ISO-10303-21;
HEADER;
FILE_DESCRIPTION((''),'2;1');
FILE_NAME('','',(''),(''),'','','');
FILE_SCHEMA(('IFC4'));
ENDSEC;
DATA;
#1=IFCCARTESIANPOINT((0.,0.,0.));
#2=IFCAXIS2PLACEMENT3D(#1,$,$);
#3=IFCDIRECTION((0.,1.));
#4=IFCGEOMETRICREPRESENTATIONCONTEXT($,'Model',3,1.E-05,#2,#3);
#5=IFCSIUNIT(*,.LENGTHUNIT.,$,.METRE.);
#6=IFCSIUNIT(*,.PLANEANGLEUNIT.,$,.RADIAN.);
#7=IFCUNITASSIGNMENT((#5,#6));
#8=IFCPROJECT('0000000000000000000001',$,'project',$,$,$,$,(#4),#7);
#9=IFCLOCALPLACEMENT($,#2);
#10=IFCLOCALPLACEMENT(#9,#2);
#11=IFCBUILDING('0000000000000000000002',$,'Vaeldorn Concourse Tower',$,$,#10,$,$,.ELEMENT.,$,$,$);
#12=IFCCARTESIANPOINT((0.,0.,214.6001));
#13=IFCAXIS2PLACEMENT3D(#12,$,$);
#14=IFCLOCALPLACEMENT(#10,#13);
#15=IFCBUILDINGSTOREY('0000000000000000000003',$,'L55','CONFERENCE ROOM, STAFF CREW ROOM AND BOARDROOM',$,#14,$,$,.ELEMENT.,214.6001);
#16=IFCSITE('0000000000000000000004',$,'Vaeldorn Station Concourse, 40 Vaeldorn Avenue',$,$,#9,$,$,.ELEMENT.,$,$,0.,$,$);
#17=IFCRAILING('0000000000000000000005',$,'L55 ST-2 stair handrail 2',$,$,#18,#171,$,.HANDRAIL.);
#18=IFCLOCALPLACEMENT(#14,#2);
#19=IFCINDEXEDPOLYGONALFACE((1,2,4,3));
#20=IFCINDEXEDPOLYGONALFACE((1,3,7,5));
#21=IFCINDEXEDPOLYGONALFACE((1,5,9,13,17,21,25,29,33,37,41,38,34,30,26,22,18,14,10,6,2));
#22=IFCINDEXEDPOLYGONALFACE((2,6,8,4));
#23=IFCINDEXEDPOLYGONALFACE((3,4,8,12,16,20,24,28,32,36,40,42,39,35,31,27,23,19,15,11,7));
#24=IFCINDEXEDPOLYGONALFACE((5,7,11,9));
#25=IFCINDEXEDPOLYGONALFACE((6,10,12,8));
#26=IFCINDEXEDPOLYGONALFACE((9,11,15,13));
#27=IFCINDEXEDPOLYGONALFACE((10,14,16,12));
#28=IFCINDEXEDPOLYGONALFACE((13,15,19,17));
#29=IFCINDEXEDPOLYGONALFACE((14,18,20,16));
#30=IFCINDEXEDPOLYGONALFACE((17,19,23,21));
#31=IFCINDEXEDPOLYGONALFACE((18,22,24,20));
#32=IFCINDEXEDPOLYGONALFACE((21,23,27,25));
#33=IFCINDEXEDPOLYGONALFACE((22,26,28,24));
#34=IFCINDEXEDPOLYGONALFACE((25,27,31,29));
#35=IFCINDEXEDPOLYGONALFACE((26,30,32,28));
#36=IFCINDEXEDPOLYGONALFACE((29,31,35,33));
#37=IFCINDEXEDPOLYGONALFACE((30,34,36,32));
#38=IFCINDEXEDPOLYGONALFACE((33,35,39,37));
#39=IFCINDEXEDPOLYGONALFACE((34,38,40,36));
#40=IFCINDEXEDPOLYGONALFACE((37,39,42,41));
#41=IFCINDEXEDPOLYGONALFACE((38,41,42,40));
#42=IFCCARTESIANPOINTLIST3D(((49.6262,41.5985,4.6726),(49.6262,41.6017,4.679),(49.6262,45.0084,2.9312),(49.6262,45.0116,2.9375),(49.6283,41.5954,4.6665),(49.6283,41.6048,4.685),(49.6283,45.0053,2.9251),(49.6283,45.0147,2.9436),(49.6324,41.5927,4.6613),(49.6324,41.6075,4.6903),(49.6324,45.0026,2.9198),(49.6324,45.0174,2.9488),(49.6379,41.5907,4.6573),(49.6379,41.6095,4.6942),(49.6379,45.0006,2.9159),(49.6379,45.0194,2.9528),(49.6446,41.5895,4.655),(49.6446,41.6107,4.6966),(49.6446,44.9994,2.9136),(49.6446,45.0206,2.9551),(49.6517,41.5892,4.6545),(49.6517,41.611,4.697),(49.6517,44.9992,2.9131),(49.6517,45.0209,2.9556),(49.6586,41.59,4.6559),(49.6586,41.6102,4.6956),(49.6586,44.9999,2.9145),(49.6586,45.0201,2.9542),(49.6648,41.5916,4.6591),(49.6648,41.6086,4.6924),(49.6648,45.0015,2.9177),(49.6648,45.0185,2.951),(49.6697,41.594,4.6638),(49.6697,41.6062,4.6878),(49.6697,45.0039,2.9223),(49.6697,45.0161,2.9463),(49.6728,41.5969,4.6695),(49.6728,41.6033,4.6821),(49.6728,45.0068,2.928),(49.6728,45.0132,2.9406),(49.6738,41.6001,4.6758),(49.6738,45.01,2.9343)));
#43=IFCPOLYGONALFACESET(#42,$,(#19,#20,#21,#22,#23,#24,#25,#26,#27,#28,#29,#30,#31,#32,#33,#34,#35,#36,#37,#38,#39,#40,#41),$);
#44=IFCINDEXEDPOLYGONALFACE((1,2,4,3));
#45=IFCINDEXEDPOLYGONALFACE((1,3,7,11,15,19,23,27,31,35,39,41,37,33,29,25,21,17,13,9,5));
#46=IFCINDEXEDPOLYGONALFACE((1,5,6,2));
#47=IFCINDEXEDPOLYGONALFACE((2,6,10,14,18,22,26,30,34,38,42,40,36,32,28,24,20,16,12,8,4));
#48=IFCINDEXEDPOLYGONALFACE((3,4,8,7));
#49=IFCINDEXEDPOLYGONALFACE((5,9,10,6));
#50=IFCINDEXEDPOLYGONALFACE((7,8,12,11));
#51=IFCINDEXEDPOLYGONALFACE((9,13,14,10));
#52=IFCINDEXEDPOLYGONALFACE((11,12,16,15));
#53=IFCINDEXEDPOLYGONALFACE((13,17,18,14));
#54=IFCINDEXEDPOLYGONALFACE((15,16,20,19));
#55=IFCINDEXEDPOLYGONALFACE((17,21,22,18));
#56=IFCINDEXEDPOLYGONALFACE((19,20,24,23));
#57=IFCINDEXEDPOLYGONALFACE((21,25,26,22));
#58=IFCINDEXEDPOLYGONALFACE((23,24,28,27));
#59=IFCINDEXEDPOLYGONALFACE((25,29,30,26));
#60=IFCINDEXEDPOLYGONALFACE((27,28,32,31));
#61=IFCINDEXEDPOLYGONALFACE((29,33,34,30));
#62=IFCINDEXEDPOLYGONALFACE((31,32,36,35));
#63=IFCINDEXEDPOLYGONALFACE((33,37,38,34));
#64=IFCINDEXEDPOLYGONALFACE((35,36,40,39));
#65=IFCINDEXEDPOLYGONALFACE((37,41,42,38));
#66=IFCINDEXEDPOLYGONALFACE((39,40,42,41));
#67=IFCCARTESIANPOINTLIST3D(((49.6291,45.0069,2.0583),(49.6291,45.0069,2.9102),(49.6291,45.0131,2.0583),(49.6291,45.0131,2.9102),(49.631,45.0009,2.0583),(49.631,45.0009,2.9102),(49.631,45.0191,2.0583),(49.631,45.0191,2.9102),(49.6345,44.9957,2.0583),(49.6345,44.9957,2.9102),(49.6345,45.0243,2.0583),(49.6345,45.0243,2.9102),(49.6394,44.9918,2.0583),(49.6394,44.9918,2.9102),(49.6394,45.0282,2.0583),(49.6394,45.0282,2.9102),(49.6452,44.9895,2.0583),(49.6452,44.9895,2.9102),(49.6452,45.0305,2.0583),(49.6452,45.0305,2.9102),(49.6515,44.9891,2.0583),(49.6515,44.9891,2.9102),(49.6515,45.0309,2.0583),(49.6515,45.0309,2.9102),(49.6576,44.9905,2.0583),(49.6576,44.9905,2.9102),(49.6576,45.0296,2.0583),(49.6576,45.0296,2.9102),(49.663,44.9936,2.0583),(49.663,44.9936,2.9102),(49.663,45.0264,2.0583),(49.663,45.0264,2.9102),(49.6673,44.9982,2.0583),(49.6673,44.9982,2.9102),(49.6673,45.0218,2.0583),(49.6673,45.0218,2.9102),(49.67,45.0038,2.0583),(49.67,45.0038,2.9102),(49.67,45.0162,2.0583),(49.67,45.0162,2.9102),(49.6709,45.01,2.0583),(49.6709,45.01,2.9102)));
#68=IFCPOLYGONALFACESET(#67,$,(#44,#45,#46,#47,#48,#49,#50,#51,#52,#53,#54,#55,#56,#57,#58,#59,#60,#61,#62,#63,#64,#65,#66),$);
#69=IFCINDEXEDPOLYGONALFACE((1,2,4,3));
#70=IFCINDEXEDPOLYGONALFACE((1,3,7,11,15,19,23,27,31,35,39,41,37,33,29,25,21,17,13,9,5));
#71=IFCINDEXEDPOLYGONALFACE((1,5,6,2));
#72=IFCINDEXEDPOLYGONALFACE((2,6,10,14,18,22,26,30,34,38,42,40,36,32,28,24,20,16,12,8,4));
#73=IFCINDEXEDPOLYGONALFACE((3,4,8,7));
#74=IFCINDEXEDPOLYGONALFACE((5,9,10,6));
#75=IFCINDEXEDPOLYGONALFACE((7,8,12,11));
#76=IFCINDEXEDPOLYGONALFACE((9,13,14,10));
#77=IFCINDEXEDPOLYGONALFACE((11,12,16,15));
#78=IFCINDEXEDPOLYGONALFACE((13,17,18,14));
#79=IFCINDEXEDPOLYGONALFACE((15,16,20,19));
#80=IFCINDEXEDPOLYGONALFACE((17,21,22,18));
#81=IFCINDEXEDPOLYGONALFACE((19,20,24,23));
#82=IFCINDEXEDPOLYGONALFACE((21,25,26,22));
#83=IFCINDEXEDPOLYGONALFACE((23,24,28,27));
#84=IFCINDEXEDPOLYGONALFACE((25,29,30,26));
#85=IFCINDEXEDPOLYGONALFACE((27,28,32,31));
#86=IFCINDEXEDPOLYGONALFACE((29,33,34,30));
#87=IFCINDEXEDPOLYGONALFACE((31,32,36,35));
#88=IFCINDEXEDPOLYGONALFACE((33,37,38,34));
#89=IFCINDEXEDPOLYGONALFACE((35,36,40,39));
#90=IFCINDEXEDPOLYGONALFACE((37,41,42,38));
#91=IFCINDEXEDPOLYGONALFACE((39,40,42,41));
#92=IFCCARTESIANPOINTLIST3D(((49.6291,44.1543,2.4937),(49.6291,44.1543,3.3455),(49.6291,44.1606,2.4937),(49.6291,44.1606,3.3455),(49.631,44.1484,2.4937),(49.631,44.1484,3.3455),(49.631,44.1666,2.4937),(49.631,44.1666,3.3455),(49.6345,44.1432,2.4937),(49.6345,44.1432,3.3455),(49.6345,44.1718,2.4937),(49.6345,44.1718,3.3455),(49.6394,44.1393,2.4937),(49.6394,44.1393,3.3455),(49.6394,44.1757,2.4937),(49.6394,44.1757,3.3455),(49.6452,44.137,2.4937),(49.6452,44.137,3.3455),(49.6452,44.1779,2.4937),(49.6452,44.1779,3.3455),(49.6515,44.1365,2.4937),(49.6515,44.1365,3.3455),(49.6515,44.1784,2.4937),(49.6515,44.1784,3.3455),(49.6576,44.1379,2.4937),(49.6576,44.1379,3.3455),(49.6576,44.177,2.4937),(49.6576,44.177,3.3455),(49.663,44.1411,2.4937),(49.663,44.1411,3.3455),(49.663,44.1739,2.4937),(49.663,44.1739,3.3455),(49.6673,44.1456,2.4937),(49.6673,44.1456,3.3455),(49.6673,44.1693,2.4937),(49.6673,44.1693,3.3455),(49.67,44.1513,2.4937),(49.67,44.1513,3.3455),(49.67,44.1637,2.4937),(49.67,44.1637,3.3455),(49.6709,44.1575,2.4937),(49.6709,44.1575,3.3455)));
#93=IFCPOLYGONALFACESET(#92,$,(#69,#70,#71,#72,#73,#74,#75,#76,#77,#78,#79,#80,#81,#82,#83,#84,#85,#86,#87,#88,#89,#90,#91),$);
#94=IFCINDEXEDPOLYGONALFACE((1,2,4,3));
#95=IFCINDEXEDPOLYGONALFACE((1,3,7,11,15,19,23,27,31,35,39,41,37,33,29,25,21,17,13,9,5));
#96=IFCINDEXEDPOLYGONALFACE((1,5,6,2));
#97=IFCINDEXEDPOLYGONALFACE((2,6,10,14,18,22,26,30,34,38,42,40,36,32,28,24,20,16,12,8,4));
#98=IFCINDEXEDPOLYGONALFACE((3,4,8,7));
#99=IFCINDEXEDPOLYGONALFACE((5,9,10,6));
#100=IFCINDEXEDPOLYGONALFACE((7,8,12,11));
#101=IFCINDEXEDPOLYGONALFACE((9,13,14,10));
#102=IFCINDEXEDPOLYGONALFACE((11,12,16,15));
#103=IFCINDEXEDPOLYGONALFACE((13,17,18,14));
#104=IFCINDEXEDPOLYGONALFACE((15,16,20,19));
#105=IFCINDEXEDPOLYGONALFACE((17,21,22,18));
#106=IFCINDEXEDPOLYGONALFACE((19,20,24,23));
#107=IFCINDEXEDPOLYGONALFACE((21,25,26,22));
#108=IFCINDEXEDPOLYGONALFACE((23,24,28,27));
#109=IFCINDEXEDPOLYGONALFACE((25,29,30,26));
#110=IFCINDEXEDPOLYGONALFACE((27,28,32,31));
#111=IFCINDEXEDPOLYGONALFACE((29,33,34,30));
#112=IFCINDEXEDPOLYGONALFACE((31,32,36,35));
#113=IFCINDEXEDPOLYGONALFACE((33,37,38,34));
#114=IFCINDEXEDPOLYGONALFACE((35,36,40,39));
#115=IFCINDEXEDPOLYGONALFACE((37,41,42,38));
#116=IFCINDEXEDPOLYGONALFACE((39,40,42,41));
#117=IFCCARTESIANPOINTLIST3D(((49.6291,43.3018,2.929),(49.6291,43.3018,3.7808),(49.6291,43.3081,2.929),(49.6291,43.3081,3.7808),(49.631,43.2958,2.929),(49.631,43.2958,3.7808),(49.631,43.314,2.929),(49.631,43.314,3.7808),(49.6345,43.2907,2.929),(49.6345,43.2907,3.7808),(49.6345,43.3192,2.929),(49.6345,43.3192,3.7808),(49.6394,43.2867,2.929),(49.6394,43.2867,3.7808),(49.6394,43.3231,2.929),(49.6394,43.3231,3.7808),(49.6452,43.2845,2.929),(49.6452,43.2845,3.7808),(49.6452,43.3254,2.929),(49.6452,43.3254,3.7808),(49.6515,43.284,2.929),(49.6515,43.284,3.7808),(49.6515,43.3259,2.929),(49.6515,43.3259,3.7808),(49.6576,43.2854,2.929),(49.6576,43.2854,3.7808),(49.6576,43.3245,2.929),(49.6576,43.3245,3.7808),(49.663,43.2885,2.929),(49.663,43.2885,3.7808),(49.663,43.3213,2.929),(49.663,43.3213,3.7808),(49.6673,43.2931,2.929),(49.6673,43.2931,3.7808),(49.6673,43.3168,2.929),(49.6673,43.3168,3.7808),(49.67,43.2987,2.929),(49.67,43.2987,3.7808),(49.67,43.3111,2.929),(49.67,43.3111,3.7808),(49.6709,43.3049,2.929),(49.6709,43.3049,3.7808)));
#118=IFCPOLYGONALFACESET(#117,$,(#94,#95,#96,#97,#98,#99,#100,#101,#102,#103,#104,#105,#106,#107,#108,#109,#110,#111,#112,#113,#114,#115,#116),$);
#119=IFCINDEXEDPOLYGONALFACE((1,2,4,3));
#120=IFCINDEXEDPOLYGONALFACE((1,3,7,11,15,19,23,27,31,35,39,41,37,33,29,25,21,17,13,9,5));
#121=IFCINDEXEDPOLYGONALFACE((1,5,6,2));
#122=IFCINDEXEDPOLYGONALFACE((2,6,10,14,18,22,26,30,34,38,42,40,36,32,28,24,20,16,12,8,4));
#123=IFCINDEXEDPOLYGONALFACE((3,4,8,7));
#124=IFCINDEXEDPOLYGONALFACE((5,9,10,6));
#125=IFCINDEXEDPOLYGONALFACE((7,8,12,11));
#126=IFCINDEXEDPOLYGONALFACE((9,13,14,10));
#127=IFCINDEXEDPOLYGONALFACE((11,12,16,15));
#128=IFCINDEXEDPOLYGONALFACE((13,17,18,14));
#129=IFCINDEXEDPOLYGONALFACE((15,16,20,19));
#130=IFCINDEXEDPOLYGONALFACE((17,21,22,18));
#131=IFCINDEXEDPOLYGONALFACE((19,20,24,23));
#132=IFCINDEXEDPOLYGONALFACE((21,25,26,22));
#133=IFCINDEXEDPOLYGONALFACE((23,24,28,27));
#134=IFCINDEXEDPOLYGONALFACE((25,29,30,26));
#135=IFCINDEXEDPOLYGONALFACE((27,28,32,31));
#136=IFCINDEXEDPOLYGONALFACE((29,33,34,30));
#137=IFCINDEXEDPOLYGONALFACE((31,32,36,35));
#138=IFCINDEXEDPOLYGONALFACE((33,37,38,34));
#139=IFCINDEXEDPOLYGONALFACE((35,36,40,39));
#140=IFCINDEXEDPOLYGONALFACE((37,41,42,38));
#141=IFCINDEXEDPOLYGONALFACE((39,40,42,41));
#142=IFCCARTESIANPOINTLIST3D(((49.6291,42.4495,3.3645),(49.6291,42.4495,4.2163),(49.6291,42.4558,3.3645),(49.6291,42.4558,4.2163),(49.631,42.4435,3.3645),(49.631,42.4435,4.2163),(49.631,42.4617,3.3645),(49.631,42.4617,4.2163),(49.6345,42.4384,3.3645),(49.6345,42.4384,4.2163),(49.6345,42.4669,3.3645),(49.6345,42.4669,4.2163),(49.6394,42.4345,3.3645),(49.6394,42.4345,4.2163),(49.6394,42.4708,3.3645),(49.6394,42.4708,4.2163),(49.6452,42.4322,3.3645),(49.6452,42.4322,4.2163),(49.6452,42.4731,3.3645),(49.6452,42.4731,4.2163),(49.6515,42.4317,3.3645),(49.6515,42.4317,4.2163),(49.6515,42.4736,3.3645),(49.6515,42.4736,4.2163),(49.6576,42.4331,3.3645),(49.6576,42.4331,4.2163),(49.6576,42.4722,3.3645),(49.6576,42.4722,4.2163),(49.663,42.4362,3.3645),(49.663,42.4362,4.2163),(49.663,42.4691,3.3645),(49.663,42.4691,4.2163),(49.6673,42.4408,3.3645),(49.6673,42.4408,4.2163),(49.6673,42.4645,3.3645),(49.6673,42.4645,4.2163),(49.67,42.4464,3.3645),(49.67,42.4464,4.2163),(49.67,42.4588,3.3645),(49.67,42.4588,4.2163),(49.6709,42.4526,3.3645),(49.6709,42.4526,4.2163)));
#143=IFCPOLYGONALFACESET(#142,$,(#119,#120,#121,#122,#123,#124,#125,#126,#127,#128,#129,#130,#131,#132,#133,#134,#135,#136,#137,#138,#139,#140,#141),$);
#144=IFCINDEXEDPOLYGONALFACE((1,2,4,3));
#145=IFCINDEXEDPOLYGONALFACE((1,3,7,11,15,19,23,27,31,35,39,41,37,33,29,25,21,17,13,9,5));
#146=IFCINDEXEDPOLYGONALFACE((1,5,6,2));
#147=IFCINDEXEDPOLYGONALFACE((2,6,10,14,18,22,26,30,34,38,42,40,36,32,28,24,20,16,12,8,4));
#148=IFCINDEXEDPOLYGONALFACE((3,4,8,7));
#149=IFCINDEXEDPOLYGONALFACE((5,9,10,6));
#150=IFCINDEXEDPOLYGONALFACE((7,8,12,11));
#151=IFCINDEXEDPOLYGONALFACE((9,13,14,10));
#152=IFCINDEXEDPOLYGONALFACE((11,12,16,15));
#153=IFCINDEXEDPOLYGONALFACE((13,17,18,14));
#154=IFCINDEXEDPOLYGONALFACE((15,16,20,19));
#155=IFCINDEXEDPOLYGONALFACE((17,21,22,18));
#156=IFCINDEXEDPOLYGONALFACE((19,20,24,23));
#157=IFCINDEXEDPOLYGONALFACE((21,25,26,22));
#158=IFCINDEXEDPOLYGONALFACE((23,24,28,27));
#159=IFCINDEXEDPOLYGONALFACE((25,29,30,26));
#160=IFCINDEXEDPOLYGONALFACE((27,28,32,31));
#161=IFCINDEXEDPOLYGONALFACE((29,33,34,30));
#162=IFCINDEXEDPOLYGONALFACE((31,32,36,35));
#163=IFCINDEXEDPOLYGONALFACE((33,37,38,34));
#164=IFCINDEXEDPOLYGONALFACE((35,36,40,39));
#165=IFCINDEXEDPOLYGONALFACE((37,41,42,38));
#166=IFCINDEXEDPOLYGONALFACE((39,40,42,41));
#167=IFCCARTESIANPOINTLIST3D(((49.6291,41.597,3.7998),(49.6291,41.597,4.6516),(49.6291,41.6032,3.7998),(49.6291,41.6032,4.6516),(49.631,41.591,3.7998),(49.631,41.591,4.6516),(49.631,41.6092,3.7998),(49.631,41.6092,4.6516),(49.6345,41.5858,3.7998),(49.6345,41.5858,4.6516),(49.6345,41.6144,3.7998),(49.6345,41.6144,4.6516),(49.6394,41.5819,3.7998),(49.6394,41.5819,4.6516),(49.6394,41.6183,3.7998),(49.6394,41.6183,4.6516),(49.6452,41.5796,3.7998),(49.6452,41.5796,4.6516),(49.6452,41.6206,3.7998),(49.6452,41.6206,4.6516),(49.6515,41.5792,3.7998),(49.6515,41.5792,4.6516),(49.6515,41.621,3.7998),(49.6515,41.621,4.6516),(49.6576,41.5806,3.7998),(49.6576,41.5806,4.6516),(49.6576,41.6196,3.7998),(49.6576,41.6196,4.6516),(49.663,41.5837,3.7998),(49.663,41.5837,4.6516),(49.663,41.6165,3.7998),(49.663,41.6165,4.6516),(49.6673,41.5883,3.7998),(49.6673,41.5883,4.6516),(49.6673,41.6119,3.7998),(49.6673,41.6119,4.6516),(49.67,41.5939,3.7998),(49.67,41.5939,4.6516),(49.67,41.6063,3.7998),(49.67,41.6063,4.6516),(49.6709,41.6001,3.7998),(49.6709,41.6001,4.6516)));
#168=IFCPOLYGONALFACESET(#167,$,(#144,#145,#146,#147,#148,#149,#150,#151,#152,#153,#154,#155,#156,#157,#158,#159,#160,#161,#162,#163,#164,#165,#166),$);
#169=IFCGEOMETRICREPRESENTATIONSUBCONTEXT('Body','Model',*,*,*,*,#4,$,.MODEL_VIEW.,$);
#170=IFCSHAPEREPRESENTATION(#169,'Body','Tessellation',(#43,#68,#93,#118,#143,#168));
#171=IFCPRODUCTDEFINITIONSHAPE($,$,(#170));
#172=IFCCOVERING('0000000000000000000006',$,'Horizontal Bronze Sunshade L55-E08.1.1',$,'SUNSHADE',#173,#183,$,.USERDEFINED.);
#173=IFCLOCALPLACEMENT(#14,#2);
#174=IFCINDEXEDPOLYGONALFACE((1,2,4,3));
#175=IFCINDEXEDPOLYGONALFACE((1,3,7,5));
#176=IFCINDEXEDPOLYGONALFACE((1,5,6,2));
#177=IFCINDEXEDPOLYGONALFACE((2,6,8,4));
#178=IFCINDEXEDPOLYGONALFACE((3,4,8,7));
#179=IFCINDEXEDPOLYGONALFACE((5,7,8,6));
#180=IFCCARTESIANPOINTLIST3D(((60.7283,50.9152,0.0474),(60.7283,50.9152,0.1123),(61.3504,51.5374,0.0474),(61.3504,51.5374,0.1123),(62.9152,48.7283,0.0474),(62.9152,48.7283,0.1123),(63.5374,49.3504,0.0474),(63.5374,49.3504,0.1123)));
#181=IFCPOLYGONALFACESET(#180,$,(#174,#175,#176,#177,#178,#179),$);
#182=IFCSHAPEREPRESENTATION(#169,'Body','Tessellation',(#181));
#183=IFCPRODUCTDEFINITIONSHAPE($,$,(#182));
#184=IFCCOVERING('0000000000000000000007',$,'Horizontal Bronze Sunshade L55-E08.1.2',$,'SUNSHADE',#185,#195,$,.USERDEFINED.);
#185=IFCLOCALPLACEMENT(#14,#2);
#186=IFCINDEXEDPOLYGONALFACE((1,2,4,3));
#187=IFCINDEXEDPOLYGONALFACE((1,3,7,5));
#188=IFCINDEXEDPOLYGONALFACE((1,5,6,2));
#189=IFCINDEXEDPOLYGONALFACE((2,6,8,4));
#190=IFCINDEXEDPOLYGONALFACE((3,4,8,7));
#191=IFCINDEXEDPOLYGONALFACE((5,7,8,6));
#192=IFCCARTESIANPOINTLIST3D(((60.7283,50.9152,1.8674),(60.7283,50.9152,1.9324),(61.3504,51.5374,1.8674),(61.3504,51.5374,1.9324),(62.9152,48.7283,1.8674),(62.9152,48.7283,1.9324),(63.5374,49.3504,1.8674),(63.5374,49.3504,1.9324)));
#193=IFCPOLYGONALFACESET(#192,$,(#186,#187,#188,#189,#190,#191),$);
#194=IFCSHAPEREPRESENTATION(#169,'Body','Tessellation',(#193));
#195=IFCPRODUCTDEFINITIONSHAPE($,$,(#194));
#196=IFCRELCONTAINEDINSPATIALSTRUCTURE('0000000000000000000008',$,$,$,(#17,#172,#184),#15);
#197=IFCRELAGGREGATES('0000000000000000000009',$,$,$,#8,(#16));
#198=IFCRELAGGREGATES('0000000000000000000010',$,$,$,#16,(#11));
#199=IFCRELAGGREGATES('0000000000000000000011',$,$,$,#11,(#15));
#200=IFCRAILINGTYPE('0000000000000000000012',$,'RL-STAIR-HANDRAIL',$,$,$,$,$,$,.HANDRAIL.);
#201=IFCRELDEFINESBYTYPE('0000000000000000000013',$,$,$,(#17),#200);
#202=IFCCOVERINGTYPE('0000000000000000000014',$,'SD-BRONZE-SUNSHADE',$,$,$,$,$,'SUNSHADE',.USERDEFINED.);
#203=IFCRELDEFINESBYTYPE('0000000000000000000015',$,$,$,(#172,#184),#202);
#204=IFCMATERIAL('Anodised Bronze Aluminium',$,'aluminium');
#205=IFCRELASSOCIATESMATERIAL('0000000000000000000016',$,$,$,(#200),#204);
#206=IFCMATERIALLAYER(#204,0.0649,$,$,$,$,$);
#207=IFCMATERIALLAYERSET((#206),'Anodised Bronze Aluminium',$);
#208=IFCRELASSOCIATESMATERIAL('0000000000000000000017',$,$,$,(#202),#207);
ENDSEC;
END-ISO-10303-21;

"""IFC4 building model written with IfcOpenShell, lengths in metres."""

from ifc_helpers import new_model, si_unit, direction, frame, origin, origin_2d, place, context, subcontext, project, spatial, rectangle, circle, extrude, source, transform, mapped, material, layer, layer_set, type_object, element, save


model = new_model("IFC4")

# Units and contexts
model_context = context("Model", 3, precision=1e-05, world=origin(), true_north=direction((0.0, 1.0)))
body_context = subcontext(model_context, "Body", "Model", "MODEL_VIEW")
ifc_project = project(units=[si_unit("LENGTHUNIT", "METRE"), si_unit("PLANEANGLEUNIT", "RADIAN")], contexts=[model_context])

# Site, building, storey
site_placement = place(None, origin())
site = spatial("IfcSite", under=ifc_project, at=site_placement, Name="Vaeldorn Station Concourse, 40 Vaeldorn Avenue", CompositionType="ELEMENT", RefElevation=0.0)
building_placement = place(site_placement, origin())
building = spatial("IfcBuilding", under=site, at=building_placement, Name="Vaeldorn Concourse Tower", CompositionType="ELEMENT")
storey_placement = place(building_placement, frame((0.0, 0.0, 214.6001)))
storey = spatial("IfcBuildingStorey", under=building, at=storey_placement, Name="L55", Description="CONFERENCE ROOM, STAFF CREW ROOM AND BOARDROOM", CompositionType="ELEMENT", Elevation=214.6001)

# Shared definitions
ifc_material_1 = material(Name="Anodised Bronze Aluminium", Category="aluminium")

# Railing
railing_type_1 = type_object("IfcRailingType", Name="RL-STAIR-HANDRAIL", PredefinedType="HANDRAIL", material=ifc_material_1)
railing_1_placement = place(storey_placement, frame((49.6499, 45.01, 2.0583)))
element("IfcRailing", 1, at=railing_1_placement, inside=storey, type_object=railing_type_1, Name="L55 ST-2 stair handrail 2", PredefinedType="HANDRAIL", context=body_context, shape_type="SweptSolid", body=[
    extrude(circle(Radius=0.0239, at=origin_2d()), frame((0.0, 0.0, 0.876), z_axis=(0.0, -0.890582, 0.454823), x_axis=(1.0, 0.0, 0.0)), (0.0, 0.0, 1.0), 3.8289),
    extrude(circle(Radius=0.021, at=origin_2d()), origin(), (0.0, 0.0, 1.0), 0.8518),
    extrude(circle(Radius=0.021, at=origin_2d()), frame((0.0, -0.8525, 0.4353)), (0.0, 0.0, 1.0), 0.8518),
    extrude(circle(Radius=0.021, at=origin_2d()), frame((0.0, -1.7051, 0.8706)), (0.0, 0.0, 1.0), 0.8518),
    extrude(circle(Radius=0.021, at=origin_2d()), frame((0.0, -2.5574, 1.3062)), (0.0, 0.0, 1.0), 0.8518),
    extrude(circle(Radius=0.021, at=origin_2d()), frame((0.0, -3.4099, 1.7415)), (0.0, 0.0, 1.0), 0.8518),
])

# Coverings
ifc_layer_1 = layer(ifc_material_1, 0.0649)
ifc_layer_set_1 = layer_set([ifc_layer_1], Name="Anodised Bronze Aluminium")
covering_type = type_object("IfcCoveringType", Name="SD-BRONZE-SUNSHADE", ElementType="SUNSHADE", PredefinedType="USERDEFINED", material=ifc_layer_set_1)
shared_shape_1 = source(origin(), body_context, "Body", "SweptSolid", [
    extrude(rectangle(XDim=3.0928, YDim=0.8799, at=origin_2d()), origin(), (0.0, 0.0, 1.0), 0.0649),
])
for number, where, z_axis, x_axis, name in (
    (2, (62.1328, 50.1328, 0.0474), (0.0, 0.0, 1.0), (-0.707107, 0.707107, 0.0), "Horizontal Bronze Sunshade L55-E08.1.1"),
    (3, (62.1328, 50.1328, 1.8674), (0.0, 0.0, 1.0), (-0.707107, 0.707107, 0.0), "Horizontal Bronze Sunshade L55-E08.1.2"),
):
    element("IfcCovering", number, at=place(storey_placement, frame(where, z_axis=z_axis, x_axis=x_axis)), inside=storey, type_object=covering_type, Name=name, ObjectType="SUNSHADE", PredefinedType="USERDEFINED", context=body_context, shape_type="MappedRepresentation", body=[
        mapped(shared_shape_1, transform((0.0, 0.0, 0.0), scale=1.0)),
    ])

save(model, "model.ifc")
